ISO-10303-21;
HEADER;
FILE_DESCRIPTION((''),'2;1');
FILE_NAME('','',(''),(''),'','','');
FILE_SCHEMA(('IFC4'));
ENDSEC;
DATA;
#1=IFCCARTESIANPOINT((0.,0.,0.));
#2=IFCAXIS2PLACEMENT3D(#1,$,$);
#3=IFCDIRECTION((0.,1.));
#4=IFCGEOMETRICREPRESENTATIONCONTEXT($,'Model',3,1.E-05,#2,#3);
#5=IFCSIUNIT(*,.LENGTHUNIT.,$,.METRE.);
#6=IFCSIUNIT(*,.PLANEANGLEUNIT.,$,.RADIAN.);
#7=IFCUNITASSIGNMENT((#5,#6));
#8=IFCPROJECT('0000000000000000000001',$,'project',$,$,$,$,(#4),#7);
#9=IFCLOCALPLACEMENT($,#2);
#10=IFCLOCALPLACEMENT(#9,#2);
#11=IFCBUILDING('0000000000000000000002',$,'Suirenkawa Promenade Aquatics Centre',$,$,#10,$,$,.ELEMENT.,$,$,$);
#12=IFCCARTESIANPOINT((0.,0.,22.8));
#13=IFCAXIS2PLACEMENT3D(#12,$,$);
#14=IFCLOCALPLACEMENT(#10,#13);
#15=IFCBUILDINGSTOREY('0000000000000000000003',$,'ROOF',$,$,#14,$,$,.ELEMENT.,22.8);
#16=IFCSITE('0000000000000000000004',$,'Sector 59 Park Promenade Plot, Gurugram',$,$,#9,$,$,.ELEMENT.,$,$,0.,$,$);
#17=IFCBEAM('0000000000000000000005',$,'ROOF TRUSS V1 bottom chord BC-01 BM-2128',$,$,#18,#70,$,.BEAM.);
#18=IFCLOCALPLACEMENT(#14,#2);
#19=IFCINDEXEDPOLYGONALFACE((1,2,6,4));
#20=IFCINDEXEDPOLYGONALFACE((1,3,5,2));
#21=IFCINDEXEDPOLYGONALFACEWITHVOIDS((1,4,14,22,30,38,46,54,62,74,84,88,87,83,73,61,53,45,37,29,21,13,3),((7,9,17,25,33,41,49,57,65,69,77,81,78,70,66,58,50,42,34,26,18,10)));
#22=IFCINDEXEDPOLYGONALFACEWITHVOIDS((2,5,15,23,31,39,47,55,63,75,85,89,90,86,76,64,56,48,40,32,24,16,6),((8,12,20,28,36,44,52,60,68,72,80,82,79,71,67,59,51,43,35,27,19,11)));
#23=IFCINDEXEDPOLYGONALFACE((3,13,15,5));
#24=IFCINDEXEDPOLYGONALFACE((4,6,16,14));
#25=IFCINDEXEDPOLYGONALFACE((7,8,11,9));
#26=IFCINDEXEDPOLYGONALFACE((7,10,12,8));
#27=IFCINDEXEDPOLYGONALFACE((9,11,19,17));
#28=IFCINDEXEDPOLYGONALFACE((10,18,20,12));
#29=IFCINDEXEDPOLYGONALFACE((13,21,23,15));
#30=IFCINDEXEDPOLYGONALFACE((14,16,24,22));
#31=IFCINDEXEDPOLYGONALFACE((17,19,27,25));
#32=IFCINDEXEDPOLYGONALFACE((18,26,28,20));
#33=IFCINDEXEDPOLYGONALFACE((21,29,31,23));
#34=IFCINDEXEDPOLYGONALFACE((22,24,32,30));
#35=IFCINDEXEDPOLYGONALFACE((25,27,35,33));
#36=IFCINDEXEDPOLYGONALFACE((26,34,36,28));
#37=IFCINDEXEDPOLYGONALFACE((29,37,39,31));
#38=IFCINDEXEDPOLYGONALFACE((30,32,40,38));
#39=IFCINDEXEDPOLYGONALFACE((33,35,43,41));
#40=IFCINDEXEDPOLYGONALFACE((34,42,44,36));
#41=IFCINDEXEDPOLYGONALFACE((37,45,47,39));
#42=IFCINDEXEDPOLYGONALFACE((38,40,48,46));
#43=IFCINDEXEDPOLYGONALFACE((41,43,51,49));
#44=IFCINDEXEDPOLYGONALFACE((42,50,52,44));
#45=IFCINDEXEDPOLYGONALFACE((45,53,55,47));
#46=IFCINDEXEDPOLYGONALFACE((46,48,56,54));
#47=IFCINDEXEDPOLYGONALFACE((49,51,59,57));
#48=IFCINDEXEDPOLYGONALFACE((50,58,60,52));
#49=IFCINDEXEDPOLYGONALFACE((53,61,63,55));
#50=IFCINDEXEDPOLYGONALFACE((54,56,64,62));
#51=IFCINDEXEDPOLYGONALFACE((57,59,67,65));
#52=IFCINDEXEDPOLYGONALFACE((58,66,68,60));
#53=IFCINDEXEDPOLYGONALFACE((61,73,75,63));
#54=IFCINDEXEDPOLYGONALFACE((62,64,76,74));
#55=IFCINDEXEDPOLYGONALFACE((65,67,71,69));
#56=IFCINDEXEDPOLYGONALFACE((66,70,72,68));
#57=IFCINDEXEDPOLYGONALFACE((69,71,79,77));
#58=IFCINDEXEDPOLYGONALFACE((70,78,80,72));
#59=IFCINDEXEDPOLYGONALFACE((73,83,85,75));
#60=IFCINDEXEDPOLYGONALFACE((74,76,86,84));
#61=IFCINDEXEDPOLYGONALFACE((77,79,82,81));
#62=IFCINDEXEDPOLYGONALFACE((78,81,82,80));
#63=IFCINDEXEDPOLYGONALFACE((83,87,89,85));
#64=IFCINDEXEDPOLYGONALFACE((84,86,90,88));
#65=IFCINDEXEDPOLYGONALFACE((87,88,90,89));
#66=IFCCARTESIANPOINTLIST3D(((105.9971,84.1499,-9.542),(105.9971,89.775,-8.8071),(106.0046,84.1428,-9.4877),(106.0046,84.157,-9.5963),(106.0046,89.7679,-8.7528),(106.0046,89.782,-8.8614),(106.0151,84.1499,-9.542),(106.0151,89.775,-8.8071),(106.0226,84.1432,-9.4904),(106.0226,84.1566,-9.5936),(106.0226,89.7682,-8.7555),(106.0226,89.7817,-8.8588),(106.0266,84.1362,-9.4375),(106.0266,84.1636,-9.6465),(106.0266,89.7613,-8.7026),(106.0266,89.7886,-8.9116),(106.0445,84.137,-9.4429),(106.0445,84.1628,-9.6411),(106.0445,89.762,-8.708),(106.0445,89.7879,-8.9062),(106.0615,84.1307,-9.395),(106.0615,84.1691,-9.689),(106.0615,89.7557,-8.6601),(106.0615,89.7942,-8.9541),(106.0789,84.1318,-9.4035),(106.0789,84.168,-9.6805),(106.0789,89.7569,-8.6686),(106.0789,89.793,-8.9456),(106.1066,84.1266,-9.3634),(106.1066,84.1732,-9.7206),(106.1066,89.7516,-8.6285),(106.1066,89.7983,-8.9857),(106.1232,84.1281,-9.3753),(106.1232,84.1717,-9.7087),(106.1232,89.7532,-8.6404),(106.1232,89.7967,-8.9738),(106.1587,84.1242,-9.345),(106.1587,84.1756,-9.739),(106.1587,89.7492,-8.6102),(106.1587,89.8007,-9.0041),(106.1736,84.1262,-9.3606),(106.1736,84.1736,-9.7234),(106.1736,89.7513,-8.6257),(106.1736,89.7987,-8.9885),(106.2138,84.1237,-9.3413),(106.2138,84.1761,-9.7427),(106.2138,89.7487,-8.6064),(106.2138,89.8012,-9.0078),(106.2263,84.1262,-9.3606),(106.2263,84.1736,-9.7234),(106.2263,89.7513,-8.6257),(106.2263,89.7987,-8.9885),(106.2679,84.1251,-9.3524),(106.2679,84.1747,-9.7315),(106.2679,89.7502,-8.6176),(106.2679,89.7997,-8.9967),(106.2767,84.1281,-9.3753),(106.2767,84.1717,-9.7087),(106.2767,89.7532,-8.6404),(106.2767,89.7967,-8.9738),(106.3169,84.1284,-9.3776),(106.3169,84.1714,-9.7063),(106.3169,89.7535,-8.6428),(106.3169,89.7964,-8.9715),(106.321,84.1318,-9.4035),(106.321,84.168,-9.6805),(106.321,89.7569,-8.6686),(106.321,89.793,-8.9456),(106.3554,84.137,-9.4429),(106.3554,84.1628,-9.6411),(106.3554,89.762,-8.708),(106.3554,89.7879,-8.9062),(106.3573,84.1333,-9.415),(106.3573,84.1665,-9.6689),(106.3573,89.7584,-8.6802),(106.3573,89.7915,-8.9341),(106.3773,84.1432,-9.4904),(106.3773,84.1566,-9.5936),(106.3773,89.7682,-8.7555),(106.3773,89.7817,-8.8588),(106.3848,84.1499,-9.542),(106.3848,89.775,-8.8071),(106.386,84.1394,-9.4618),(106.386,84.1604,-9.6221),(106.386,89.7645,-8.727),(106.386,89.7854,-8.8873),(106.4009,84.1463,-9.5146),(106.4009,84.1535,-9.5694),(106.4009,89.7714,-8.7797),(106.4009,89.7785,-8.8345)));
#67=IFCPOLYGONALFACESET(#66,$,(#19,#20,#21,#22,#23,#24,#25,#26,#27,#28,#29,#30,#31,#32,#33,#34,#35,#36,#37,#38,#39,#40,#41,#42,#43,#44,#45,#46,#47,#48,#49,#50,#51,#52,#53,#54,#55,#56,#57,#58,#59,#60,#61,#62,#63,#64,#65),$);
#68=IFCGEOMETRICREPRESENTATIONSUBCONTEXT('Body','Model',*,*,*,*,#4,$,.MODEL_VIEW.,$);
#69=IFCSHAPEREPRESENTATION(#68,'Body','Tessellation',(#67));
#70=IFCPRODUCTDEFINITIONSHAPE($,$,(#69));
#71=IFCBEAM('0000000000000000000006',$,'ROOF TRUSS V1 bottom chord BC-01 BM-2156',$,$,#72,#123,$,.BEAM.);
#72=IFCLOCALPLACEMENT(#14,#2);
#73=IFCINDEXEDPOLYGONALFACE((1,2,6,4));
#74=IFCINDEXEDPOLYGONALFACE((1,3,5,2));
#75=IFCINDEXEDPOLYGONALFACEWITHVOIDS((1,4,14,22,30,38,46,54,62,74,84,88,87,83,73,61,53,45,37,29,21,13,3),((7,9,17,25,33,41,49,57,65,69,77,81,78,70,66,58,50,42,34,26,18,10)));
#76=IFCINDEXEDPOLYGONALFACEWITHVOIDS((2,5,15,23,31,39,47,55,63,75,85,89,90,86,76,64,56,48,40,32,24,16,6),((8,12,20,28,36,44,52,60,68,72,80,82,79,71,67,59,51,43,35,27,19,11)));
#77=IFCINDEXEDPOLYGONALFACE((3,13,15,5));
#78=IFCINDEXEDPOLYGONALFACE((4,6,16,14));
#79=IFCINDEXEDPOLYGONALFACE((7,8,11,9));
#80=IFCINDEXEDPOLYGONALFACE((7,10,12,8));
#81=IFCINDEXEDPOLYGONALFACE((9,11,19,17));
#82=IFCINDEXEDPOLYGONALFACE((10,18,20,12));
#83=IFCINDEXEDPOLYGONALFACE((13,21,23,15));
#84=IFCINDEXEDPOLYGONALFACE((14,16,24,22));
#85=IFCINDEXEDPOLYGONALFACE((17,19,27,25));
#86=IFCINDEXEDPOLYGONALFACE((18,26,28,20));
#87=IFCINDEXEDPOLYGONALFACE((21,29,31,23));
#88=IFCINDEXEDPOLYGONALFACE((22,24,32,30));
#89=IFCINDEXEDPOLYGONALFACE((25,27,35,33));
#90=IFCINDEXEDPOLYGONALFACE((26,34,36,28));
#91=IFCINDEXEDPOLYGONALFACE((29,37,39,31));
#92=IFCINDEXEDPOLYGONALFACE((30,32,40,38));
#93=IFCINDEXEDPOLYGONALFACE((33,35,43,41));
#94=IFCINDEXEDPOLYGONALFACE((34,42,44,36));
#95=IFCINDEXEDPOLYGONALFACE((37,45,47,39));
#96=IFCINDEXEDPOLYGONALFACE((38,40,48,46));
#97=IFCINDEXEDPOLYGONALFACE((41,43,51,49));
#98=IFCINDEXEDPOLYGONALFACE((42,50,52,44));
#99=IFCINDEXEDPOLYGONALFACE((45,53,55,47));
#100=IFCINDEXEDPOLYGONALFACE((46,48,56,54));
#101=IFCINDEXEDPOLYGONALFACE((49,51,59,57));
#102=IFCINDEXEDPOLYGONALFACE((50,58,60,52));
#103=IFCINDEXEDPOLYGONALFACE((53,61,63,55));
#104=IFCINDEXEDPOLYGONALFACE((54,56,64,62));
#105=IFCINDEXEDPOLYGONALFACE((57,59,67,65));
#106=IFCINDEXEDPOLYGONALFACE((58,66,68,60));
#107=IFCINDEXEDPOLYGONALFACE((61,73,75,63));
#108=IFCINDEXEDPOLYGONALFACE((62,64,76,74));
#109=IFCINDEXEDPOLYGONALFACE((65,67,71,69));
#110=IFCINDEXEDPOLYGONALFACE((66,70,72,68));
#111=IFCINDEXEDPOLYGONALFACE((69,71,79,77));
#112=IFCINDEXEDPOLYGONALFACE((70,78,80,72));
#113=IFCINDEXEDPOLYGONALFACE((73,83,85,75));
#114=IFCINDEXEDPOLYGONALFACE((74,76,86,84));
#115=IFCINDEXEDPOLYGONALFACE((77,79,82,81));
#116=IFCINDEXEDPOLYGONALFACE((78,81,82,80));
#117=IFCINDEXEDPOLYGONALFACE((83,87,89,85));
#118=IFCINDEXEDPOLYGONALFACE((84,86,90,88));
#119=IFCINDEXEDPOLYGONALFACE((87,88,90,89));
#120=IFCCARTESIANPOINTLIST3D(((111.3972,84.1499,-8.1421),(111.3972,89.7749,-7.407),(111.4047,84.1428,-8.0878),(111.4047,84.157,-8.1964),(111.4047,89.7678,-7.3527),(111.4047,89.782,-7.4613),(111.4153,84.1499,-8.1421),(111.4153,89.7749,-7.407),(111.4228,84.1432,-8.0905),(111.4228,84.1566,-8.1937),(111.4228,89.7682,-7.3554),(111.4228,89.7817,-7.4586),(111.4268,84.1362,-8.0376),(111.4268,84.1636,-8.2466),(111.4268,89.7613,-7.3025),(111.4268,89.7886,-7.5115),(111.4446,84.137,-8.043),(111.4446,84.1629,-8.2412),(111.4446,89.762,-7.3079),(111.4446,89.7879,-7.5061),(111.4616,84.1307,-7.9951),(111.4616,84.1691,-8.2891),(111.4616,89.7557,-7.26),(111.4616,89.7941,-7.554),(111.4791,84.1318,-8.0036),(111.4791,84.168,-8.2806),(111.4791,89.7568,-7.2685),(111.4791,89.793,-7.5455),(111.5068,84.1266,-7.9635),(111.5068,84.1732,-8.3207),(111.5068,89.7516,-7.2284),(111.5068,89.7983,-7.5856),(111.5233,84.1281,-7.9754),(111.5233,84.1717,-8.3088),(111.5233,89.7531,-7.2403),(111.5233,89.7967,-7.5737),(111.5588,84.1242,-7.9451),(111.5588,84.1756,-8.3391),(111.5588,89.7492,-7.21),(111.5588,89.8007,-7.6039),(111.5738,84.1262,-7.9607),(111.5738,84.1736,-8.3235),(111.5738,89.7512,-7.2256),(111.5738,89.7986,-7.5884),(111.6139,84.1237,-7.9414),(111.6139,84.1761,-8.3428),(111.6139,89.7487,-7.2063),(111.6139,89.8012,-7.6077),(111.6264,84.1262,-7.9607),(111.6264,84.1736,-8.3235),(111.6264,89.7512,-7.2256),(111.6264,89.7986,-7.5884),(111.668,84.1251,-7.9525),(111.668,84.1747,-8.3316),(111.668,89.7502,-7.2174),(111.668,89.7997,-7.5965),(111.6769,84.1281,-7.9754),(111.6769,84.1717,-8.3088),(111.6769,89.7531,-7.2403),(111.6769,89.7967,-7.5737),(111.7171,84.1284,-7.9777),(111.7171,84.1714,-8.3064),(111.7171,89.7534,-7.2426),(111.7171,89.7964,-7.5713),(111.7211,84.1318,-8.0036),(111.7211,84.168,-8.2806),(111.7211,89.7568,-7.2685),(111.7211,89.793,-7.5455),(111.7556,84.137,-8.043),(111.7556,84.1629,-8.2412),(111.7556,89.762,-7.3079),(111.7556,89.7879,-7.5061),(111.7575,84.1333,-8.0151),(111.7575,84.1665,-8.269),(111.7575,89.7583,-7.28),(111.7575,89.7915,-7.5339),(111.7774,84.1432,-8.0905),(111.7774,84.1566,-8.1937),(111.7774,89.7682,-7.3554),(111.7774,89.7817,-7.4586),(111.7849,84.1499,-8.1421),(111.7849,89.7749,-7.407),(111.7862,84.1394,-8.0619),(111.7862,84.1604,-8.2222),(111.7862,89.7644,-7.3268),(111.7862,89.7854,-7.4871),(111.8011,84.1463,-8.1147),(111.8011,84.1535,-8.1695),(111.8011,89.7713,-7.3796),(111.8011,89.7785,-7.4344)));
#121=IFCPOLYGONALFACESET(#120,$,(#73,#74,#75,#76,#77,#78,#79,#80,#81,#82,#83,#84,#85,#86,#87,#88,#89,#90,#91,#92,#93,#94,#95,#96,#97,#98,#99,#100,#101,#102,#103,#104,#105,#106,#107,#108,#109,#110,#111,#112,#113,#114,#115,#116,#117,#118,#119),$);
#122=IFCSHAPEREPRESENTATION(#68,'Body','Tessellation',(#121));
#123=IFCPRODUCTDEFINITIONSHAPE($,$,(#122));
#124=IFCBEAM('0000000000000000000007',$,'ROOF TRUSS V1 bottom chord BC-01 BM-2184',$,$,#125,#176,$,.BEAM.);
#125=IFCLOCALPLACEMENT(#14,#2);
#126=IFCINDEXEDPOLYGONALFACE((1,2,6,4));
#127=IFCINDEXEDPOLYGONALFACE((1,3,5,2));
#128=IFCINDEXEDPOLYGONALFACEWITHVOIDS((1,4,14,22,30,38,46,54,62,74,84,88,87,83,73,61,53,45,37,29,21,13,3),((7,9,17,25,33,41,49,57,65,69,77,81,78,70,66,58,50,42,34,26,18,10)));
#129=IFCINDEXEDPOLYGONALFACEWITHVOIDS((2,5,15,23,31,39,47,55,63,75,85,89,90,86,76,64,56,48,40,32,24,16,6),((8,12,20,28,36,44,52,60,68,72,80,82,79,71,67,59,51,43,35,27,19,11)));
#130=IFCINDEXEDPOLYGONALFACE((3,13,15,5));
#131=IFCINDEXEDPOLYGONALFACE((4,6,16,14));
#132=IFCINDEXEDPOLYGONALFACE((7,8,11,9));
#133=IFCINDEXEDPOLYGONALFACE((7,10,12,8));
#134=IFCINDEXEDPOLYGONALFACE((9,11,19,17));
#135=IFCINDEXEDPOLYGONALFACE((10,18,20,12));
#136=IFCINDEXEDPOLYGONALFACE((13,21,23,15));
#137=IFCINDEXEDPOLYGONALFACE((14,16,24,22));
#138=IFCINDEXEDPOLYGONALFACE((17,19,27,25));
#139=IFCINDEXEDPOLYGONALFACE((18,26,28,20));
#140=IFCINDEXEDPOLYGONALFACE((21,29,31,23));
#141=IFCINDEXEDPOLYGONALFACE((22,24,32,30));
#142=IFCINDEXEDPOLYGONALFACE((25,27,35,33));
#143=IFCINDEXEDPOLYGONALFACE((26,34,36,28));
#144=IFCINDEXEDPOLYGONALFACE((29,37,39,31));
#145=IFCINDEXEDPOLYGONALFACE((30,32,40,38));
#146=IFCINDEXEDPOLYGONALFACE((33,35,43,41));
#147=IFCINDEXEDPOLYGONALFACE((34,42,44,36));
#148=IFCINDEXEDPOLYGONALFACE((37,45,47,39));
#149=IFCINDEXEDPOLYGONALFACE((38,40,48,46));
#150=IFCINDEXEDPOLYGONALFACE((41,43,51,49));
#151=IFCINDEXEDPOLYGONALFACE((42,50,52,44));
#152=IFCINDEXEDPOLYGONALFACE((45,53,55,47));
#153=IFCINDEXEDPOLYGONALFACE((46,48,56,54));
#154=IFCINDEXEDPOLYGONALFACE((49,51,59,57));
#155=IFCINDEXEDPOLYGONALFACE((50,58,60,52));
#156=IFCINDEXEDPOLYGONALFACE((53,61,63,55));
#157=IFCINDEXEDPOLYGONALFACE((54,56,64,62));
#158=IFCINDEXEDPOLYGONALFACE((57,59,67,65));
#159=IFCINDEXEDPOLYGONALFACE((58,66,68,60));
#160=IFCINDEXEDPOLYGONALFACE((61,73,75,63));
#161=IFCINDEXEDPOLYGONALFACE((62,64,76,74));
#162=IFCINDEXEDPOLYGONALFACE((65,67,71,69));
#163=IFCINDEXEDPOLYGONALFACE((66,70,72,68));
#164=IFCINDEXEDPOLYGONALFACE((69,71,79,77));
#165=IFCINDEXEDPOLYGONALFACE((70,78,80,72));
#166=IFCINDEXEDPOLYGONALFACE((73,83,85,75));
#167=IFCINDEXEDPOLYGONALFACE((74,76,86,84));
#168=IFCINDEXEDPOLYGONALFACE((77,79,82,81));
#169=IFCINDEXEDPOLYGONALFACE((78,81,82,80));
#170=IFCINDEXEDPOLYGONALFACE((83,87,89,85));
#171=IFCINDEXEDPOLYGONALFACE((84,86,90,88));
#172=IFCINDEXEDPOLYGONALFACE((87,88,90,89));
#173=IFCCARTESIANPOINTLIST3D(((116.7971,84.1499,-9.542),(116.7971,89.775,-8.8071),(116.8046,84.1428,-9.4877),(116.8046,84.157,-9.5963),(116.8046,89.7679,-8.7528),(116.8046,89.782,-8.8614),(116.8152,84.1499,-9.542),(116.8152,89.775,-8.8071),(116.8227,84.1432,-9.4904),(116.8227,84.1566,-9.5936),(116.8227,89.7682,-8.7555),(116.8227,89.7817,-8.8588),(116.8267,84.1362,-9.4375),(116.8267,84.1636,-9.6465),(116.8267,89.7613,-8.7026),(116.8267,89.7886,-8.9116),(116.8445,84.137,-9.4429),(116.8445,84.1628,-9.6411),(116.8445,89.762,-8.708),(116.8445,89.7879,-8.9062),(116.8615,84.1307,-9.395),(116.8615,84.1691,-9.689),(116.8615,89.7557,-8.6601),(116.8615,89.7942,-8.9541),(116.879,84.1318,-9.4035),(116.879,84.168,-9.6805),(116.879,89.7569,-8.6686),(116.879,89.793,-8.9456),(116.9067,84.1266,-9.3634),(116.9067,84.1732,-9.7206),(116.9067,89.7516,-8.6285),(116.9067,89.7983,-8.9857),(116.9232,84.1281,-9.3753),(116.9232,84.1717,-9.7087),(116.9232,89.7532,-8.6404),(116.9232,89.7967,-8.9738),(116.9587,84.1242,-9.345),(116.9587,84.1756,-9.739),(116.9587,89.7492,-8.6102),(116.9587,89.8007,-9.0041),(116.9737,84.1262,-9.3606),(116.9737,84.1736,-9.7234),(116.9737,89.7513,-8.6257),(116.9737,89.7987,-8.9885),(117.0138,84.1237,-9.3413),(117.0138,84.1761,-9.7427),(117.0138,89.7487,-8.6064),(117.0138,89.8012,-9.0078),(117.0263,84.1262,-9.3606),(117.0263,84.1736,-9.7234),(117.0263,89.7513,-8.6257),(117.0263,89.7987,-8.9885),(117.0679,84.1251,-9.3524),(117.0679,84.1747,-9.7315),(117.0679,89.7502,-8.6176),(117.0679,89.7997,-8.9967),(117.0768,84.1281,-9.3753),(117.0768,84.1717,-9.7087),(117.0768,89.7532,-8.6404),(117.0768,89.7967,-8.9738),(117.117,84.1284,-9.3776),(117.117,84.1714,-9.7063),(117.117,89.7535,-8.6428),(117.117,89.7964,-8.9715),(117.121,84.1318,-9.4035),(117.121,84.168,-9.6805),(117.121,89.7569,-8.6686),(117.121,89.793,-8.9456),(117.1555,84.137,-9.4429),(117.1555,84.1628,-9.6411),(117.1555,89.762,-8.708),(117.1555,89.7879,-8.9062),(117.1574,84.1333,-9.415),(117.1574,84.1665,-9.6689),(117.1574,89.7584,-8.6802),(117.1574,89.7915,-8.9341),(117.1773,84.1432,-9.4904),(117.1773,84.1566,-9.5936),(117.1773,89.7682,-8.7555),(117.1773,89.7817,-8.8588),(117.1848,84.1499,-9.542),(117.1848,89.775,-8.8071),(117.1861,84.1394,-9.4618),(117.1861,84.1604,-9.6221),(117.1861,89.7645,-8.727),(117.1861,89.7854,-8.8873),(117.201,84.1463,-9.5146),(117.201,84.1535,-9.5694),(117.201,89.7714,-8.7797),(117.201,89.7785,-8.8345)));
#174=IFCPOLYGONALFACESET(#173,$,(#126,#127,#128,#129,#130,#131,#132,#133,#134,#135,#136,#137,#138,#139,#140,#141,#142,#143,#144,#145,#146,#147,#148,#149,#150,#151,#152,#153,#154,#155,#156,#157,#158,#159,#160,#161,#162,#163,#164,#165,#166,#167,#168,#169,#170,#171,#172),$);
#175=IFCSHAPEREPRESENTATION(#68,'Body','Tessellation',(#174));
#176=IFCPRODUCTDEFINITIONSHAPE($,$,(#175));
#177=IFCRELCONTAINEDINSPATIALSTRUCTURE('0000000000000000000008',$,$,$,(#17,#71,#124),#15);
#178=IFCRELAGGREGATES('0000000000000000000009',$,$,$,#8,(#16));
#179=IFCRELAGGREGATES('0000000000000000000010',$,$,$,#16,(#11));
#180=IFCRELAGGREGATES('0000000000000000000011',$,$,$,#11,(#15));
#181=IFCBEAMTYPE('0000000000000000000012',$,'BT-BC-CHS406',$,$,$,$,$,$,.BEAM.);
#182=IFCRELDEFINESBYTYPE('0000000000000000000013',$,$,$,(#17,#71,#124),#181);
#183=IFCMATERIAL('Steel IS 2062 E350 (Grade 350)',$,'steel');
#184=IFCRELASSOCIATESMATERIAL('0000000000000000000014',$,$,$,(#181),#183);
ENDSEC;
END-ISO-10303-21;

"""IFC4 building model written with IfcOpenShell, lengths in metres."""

from ifc_helpers import new_model, si_unit, direction, frame, origin, origin_2d, place, context, subcontext, project, spatial, hollow_circle, extrude, material, material_profile, profile_set, type_object, element, save


model = new_model("IFC4")

# Units and contexts
model_context = context("Model", 3, precision=1e-05, world=origin(), true_north=direction((0.0, 1.0)))
body_context = subcontext(model_context, "Body", "Model", "MODEL_VIEW")
ifc_project = project(units=[si_unit("LENGTHUNIT", "METRE"), si_unit("PLANEANGLEUNIT", "RADIAN")], contexts=[model_context])

# Site, building, storey
site_placement = place(None, origin())
site = spatial("IfcSite", under=ifc_project, at=site_placement, Name="Sector 59 Park Promenade Plot, Gurugram", CompositionType="ELEMENT", RefElevation=0.0)
building_placement = place(site_placement, origin())
building = spatial("IfcBuilding", under=site, at=building_placement, Name="Suirenkawa Promenade Aquatics Centre", CompositionType="ELEMENT")
storey_placement = place(building_placement, frame((0.0, 0.0, 22.8)))
storey = spatial("IfcBuildingStorey", under=building, at=storey_placement, Name="ROOF", CompositionType="ELEMENT", Elevation=22.8)

# Beams
ifc_material = material(Name="Steel IS 2062 E350 (Grade 350)", Category="steel")
ifc_material_profile_1 = material_profile(ifc_material, hollow_circle(Radius=0.2029, WallThickness=0.0181, at=origin_2d()), Name="CHS 406x18", Category="steel")
ifc_profile_set_1 = profile_set([ifc_material_profile_1], Name="Steel IS 2062 E350 (Grade 350)")
beam_type_1 = type_object("IfcBeamType", Name="BT-BC-CHS406", PredefinedType="BEAM", material=ifc_profile_set_1)
for number, where, z_axis, x_axis, name in (
    (1, (106.2, 84.1499, -9.542), (0.0, 0.991574, 0.129542), (-1.0, 0.0, 0.0), "ROOF TRUSS V1 bottom chord BC-01 BM-2128"),
    (2, (111.6001, 84.1499, -8.1421), (0.0, 0.991568, 0.129584), (-1.0, 0.0, 0.0), "ROOF TRUSS V1 bottom chord BC-01 BM-2156"),
    (3, (117.0, 84.1499, -9.542), (0.0, 0.991574, 0.129542), (-1.0, 0.0, 0.0), "ROOF TRUSS V1 bottom chord BC-01 BM-2184"),
):
    element("IfcBeam", number, at=place(storey_placement, frame(where, z_axis=z_axis, x_axis=x_axis)), inside=storey, type_object=beam_type_1, Name=name, PredefinedType="BEAM", context=body_context, shape_type="SweptSolid", body=[
        extrude(hollow_circle(Radius=0.2029, WallThickness=0.0181, at=origin_2d()), origin(), (0.0, 0.0, 1.0), 5.6729),
    ])

save(model, "model.ifc")
